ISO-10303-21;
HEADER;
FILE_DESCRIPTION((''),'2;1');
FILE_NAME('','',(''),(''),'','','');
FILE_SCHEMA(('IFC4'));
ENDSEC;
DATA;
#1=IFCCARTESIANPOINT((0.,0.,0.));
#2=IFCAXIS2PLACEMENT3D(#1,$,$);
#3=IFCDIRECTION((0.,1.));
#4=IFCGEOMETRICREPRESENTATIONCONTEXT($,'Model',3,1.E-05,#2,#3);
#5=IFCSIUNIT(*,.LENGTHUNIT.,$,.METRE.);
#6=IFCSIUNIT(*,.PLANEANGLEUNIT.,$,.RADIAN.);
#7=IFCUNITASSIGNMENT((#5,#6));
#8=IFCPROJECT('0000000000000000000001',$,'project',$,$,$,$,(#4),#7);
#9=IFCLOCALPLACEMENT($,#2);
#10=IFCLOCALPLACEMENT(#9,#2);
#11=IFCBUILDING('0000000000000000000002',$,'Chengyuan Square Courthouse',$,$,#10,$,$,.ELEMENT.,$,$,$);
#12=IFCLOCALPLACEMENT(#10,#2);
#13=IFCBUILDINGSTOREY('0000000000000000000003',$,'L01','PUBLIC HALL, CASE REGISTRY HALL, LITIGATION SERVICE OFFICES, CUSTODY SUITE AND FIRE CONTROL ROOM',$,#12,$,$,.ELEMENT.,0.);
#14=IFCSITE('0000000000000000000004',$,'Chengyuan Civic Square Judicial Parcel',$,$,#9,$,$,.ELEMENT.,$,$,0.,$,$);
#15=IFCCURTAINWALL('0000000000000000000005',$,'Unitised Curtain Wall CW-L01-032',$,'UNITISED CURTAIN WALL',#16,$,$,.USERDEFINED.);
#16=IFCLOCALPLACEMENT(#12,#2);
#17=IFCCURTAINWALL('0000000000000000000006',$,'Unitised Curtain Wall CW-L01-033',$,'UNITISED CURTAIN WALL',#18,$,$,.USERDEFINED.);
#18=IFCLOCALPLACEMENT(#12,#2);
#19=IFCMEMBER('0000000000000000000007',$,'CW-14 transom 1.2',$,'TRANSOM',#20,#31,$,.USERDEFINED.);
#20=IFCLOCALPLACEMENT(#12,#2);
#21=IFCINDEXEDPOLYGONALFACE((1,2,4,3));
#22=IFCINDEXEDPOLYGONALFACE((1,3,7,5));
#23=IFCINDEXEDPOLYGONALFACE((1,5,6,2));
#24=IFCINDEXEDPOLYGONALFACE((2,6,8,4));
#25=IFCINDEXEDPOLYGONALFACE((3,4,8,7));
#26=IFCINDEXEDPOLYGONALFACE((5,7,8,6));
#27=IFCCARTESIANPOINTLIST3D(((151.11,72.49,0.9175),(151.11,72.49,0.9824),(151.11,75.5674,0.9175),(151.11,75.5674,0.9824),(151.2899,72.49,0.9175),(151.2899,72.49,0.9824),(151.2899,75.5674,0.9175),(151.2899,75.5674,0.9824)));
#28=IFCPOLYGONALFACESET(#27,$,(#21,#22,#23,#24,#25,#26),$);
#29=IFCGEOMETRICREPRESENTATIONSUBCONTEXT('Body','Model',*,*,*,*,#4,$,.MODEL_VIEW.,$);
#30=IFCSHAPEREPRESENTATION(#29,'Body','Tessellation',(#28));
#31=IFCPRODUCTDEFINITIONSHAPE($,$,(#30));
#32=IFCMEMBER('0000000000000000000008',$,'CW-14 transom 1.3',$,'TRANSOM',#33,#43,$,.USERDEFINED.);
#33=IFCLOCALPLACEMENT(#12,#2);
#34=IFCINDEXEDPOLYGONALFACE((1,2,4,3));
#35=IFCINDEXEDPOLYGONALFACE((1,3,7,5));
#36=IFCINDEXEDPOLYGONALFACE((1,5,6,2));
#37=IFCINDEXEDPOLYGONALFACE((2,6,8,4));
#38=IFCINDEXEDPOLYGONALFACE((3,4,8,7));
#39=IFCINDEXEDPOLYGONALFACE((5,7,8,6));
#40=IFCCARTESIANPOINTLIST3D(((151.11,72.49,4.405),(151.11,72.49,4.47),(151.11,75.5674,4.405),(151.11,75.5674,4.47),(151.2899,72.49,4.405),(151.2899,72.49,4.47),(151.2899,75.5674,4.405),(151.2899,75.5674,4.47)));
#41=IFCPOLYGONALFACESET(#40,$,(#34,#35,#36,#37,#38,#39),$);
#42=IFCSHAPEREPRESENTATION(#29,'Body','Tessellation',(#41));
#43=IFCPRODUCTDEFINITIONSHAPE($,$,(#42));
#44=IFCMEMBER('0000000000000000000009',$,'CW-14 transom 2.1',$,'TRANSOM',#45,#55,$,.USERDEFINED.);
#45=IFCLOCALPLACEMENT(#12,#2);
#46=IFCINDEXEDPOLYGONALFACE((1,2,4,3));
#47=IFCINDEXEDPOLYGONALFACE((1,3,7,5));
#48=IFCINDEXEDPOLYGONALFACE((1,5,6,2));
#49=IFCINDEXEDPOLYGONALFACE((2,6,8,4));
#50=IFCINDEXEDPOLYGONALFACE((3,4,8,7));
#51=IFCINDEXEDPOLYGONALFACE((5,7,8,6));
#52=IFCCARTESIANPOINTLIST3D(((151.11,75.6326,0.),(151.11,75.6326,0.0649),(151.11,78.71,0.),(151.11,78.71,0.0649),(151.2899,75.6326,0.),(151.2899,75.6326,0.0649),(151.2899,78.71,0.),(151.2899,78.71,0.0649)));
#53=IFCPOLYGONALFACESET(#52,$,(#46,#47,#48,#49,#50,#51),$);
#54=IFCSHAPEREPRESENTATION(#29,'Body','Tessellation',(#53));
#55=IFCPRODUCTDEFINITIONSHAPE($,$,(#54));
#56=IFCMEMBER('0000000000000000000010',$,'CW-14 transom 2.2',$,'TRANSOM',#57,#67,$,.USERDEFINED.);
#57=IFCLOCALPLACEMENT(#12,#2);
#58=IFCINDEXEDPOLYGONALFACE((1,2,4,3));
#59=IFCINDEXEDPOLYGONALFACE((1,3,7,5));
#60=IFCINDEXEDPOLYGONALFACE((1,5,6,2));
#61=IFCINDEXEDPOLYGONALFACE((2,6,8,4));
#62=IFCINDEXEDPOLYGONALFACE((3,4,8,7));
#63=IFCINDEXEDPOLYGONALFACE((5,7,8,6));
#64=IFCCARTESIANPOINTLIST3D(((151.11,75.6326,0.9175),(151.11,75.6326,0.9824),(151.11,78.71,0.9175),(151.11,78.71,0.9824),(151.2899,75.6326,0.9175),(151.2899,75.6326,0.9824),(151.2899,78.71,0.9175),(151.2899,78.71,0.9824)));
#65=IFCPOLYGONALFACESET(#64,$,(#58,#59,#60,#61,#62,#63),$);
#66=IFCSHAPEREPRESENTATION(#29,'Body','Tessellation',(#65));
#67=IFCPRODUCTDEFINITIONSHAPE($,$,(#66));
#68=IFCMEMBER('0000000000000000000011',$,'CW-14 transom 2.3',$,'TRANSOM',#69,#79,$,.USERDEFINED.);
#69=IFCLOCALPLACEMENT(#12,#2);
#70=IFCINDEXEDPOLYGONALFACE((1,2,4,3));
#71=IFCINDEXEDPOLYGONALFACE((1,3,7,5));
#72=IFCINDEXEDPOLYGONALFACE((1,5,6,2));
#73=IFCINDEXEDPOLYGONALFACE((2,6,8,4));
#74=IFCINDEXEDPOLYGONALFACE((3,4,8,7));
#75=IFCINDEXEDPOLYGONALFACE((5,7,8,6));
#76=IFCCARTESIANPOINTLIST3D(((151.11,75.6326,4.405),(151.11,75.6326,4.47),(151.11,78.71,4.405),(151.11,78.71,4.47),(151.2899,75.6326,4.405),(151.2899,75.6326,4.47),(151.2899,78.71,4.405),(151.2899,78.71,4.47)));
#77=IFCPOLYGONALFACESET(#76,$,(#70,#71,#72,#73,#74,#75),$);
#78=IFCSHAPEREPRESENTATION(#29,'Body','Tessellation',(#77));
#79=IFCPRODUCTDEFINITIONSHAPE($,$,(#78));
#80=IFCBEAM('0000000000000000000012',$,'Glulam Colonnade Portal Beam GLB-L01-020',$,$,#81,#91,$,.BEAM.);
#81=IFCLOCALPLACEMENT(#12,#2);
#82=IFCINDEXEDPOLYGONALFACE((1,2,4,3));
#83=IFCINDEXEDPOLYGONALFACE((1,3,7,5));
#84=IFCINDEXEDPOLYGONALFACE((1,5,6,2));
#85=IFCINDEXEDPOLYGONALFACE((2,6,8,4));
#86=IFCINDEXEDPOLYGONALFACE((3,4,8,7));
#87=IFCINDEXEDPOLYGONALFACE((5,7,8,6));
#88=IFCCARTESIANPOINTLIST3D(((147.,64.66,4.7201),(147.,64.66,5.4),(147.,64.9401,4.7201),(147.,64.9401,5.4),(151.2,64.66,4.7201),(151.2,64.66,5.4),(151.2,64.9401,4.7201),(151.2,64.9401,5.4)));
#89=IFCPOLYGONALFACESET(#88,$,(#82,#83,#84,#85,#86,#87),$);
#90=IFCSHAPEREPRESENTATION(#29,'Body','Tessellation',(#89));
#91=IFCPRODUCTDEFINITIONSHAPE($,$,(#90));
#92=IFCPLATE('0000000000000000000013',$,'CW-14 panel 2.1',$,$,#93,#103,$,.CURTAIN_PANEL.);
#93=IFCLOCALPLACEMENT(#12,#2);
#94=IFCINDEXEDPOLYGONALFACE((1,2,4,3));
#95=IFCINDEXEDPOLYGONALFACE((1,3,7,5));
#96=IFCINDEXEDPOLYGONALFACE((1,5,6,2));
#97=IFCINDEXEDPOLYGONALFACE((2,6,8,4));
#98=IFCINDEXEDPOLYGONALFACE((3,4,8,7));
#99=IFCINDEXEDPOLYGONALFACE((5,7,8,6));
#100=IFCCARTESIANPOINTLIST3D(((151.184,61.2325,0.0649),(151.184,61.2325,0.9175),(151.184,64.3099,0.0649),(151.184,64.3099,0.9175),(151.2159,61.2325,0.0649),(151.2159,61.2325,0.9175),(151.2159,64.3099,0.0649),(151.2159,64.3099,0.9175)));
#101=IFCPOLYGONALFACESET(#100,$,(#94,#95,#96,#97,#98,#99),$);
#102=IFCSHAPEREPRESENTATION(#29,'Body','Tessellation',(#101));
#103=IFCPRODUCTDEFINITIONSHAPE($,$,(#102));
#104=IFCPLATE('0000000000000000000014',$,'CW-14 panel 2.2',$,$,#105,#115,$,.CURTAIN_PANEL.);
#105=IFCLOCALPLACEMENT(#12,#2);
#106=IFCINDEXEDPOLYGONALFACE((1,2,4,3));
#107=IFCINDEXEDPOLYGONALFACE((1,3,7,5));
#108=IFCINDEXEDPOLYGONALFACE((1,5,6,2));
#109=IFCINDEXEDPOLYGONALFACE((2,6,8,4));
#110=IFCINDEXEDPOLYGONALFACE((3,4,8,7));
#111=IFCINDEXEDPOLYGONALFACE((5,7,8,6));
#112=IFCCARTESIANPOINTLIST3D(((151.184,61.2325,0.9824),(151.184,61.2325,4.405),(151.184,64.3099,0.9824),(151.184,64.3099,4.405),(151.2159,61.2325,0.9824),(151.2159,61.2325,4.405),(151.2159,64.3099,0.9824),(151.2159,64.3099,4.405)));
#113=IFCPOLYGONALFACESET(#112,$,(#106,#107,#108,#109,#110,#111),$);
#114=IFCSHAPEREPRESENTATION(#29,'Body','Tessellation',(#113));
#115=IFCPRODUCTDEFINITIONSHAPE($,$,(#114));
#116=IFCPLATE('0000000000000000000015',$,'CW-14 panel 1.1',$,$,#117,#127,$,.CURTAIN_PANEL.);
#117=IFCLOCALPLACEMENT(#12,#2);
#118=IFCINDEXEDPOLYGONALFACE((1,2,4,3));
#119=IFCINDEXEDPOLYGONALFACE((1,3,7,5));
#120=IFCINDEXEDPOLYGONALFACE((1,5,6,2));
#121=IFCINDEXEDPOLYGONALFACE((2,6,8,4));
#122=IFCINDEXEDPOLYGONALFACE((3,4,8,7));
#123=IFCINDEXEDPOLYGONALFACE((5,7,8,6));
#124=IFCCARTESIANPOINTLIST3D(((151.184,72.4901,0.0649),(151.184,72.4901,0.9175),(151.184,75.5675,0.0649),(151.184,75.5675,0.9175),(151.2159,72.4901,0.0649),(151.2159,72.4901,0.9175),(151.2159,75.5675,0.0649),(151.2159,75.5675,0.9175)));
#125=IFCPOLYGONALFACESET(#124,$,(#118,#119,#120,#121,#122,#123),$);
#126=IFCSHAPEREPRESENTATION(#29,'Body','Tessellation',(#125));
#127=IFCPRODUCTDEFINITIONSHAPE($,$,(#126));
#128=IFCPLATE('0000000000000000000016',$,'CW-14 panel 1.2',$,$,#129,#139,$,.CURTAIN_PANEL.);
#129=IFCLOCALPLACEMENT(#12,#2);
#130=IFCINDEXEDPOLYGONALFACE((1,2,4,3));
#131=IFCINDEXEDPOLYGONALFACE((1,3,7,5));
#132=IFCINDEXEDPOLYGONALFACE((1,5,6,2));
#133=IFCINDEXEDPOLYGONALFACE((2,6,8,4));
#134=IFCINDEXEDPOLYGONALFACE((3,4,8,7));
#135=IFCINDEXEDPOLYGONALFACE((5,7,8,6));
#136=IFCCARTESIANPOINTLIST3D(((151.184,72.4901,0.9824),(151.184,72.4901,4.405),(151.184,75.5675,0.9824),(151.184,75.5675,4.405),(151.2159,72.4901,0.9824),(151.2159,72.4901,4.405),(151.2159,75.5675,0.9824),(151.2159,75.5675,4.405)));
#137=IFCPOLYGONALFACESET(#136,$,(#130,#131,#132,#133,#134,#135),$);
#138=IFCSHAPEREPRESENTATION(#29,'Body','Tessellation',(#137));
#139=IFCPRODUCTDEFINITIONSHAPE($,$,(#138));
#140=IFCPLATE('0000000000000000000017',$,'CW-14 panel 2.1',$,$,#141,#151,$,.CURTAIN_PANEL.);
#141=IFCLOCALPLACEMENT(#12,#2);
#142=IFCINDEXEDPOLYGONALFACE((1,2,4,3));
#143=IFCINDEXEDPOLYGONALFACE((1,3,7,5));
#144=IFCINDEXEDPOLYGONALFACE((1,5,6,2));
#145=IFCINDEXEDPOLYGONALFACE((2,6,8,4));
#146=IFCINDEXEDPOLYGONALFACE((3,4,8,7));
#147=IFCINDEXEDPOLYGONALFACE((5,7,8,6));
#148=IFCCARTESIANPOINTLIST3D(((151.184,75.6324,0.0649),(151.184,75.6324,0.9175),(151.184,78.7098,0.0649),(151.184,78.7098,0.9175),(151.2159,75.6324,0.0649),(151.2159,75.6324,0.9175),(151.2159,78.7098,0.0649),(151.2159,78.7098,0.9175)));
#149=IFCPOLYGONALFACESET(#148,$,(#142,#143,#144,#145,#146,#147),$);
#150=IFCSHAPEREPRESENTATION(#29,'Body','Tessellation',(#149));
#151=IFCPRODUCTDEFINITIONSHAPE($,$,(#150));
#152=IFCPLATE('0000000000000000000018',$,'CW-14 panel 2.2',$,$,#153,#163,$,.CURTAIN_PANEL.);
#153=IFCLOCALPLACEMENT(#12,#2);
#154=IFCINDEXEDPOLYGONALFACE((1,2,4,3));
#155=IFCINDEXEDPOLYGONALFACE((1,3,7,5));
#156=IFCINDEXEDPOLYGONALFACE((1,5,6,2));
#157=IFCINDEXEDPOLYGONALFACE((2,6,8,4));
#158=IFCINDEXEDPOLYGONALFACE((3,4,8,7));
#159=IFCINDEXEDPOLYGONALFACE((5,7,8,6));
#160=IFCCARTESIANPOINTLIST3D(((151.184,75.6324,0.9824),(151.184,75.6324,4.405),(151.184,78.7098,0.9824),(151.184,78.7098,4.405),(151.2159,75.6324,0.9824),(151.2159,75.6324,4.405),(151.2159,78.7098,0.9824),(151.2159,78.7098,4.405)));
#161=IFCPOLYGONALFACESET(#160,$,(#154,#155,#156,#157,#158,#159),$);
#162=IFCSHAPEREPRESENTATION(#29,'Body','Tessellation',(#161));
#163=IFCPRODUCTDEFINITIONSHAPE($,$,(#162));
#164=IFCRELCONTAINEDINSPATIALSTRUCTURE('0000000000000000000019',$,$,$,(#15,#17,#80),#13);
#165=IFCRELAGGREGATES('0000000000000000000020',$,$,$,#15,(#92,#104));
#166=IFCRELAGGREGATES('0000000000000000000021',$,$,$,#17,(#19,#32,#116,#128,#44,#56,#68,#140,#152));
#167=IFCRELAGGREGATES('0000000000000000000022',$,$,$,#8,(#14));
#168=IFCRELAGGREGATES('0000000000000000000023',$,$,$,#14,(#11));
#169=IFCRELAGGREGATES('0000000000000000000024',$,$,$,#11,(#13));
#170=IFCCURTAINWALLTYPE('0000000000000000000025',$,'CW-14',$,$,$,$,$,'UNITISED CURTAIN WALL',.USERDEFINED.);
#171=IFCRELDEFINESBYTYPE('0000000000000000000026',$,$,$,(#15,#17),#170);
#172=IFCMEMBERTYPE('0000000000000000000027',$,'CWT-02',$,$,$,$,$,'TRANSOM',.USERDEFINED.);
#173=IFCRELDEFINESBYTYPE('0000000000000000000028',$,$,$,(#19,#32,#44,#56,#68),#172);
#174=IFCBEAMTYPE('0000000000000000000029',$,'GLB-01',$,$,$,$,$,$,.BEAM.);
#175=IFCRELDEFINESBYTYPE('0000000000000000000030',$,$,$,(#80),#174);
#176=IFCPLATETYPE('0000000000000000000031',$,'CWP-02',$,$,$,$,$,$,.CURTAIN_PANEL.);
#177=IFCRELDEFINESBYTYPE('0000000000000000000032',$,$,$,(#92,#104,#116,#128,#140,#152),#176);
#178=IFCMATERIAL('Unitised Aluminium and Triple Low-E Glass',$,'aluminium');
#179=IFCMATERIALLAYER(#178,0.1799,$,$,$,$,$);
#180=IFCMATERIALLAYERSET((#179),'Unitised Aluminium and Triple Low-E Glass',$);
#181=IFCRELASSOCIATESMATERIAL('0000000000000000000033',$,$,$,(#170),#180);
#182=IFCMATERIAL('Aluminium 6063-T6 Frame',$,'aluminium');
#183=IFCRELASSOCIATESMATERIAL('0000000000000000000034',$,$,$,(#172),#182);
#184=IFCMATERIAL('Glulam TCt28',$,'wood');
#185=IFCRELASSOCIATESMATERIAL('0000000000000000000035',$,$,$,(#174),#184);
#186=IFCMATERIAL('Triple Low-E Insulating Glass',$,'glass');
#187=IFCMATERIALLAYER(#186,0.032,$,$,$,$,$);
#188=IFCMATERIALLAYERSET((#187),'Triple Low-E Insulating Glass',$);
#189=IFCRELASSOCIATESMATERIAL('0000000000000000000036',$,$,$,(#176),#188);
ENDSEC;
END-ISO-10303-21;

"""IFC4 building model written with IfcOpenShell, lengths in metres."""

from ifc_helpers import new_model, si_unit, direction, frame, origin, origin_2d, place, context, subcontext, project, spatial, rectangle, extrude, material, layer, layer_set, material_profile, profile_set, type_object, element, aggregate, save


model = new_model("IFC4")

# Units and contexts
model_context = context("Model", 3, precision=1e-05, world=origin(), true_north=direction((0.0, 1.0)))
body_context = subcontext(model_context, "Body", "Model", "MODEL_VIEW")
ifc_project = project(units=[si_unit("LENGTHUNIT", "METRE"), si_unit("PLANEANGLEUNIT", "RADIAN")], contexts=[model_context])

# Site, building, storey
site_placement = place(None, origin())
site = spatial("IfcSite", under=ifc_project, at=site_placement, Name="Chengyuan Civic Square Judicial Parcel", CompositionType="ELEMENT", RefElevation=0.0)
building_placement = place(site_placement, origin())
building = spatial("IfcBuilding", under=site, at=building_placement, Name="Chengyuan Square Courthouse", CompositionType="ELEMENT")
storey_placement = place(building_placement, origin())
storey = spatial("IfcBuildingStorey", under=building, at=storey_placement, Name="L01", Description="PUBLIC HALL, CASE REGISTRY HALL, LITIGATION SERVICE OFFICES, CUSTODY SUITE AND FIRE CONTROL ROOM", CompositionType="ELEMENT", Elevation=0.0)

# Curtain wall
ifc_material_1 = material(Name="Unitised Aluminium and Triple Low-E Glass", Category="aluminium")
ifc_layer_1 = layer(ifc_material_1, 0.1799)
ifc_layer_set_1 = layer_set([ifc_layer_1], Name="Unitised Aluminium and Triple Low-E Glass")
curtain_wall_type = type_object("IfcCurtainWallType", Name="CW-14", ElementType="UNITISED CURTAIN WALL", PredefinedType="USERDEFINED", material=ifc_layer_set_1)
curtain_wall_1_placement = place(storey_placement, origin())
curtain_wall_1 = element("IfcCurtainWall", 1, at=curtain_wall_1_placement, inside=storey, type_object=curtain_wall_type, Name="Unitised Curtain Wall CW-L01-032", ObjectType="UNITISED CURTAIN WALL", PredefinedType="USERDEFINED")
ifc_material_2 = material(Name="Aluminium 6063-T6 Frame", Category="aluminium")

# Curtain wall
curtain_wall_2_placement = place(storey_placement, origin())
curtain_wall_2 = element("IfcCurtainWall", 2, at=curtain_wall_2_placement, inside=storey, type_object=curtain_wall_type, Name="Unitised Curtain Wall CW-L01-033", ObjectType="UNITISED CURTAIN WALL", PredefinedType="USERDEFINED")

# Members
ifc_material_profile_1 = material_profile(ifc_material_2, rectangle(XDim=0.1799, YDim=0.0649, at=origin_2d()), Name="CW-TRN-65x140")
ifc_profile_set_1 = profile_set([ifc_material_profile_1], Name="Aluminium 6063-T6 Frame")
member_type_1 = type_object("IfcMemberType", Name="CWT-02", ElementType="TRANSOM", PredefinedType="USERDEFINED", material=ifc_profile_set_1)
member_1_placement = place(storey_placement, frame((151.2, 72.49, 0.95), z_axis=(0.0, 1.0, 0.0), x_axis=(-1.0, 0.0, 0.0)))
member_1 = element("IfcMember", 3, at=member_1_placement, type_object=member_type_1, Name="CW-14 transom 1.2", ObjectType="TRANSOM", PredefinedType="USERDEFINED", context=body_context, shape_type="SweptSolid", body=[
    extrude(rectangle(XDim=0.1799, YDim=0.0649, at=origin_2d()), origin(), (0.0, 0.0, 1.0), 3.0774),
])
member_2_placement = place(storey_placement, frame((151.2, 72.49, 4.4375), z_axis=(0.0, 1.0, 0.0), x_axis=(-1.0, 0.0, 0.0)))
member_2 = element("IfcMember", 4, at=member_2_placement, type_object=member_type_1, Name="CW-14 transom 1.3", ObjectType="TRANSOM", PredefinedType="USERDEFINED", context=body_context, shape_type="SweptSolid", body=[
    extrude(rectangle(XDim=0.1799, YDim=0.0649, at=origin_2d()), origin(), (0.0, 0.0, 1.0), 3.0774),
])
member_3_placement = place(storey_placement, frame((151.2, 75.6326, 0.0325), z_axis=(0.0, 1.0, 0.0), x_axis=(-1.0, 0.0, 0.0)))
member_3 = element("IfcMember", 5, at=member_3_placement, type_object=member_type_1, Name="CW-14 transom 2.1", ObjectType="TRANSOM", PredefinedType="USERDEFINED", context=body_context, shape_type="SweptSolid", body=[
    extrude(rectangle(XDim=0.1799, YDim=0.0649, at=origin_2d()), origin(), (0.0, 0.0, 1.0), 3.0774),
])
member_4_placement = place(storey_placement, frame((151.2, 75.6326, 0.95), z_axis=(0.0, 1.0, 0.0), x_axis=(-1.0, 0.0, 0.0)))
member_4 = element("IfcMember", 6, at=member_4_placement, type_object=member_type_1, Name="CW-14 transom 2.2", ObjectType="TRANSOM", PredefinedType="USERDEFINED", context=body_context, shape_type="SweptSolid", body=[
    extrude(rectangle(XDim=0.1799, YDim=0.0649, at=origin_2d()), origin(), (0.0, 0.0, 1.0), 3.0774),
])
member_5_placement = place(storey_placement, frame((151.2, 75.6326, 4.4375), z_axis=(0.0, 1.0, 0.0), x_axis=(-1.0, 0.0, 0.0)))
member_5 = element("IfcMember", 7, at=member_5_placement, type_object=member_type_1, Name="CW-14 transom 2.3", ObjectType="TRANSOM", PredefinedType="USERDEFINED", context=body_context, shape_type="SweptSolid", body=[
    extrude(rectangle(XDim=0.1799, YDim=0.0649, at=origin_2d()), origin(), (0.0, 0.0, 1.0), 3.0774),
])

# Beam
ifc_material_3 = material(Name="Glulam TCt28", Category="wood")
ifc_material_profile_2 = material_profile(ifc_material_3, rectangle(XDim=0.28, YDim=0.6799, at=origin_2d()), Name="GL-BM-280x680")
ifc_profile_set_2 = profile_set([ifc_material_profile_2], Name="Glulam TCt28")
beam_type_1 = type_object("IfcBeamType", Name="GLB-01", PredefinedType="BEAM", material=ifc_profile_set_2)
beam_placement = place(storey_placement, frame((151.2, 64.8, 5.0601), z_axis=(-1.0, 0.0, 0.0), x_axis=(0.0, -1.0, 0.0)))
element("IfcBeam", 8, at=beam_placement, inside=storey, type_object=beam_type_1, Name="Glulam Colonnade Portal Beam GLB-L01-020", PredefinedType="BEAM", context=body_context, shape_type="SweptSolid", body=[
    extrude(rectangle(XDim=0.28, YDim=0.6799, at=origin_2d()), origin(), (0.0, 0.0, 1.0), 4.2),
])

# Plates
ifc_material_4 = material(Name="Triple Low-E Insulating Glass", Category="glass")
ifc_layer_2 = layer(ifc_material_4, 0.032)
ifc_layer_set_2 = layer_set([ifc_layer_2], Name="Triple Low-E Insulating Glass")
plate_type = type_object("IfcPlateType", Name="CWP-02", PredefinedType="CURTAIN_PANEL", material=ifc_layer_set_2)
plate_1_placement = place(storey_placement, frame((151.2, 62.7712, 0.0649), z_axis=(0.0, 0.0, 1.0), x_axis=(0.0, 1.0, 0.0)))
plate_1 = element("IfcPlate", 9, at=plate_1_placement, type_object=plate_type, Name="CW-14 panel 2.1", PredefinedType="CURTAIN_PANEL", context=body_context, shape_type="SweptSolid", body=[
    extrude(rectangle(XDim=3.0774, YDim=0.032, at=origin_2d()), origin(), (0.0, 0.0, 1.0), 0.8525),
])
plate_2_placement = place(storey_placement, frame((151.2, 62.7712, 0.9824), z_axis=(0.0, 0.0, 1.0), x_axis=(0.0, 1.0, 0.0)))
plate_2 = element("IfcPlate", 10, at=plate_2_placement, type_object=plate_type, Name="CW-14 panel 2.2", PredefinedType="CURTAIN_PANEL", context=body_context, shape_type="SweptSolid", body=[
    extrude(rectangle(XDim=3.0774, YDim=0.032, at=origin_2d()), origin(), (0.0, 0.0, 1.0), 3.4226),
])
aggregate(curtain_wall_1, [plate_1, plate_2])
plate_3_placement = place(storey_placement, frame((151.2, 74.0288, 0.0649), z_axis=(0.0, 0.0, 1.0), x_axis=(0.0, 1.0, 0.0)))
plate_3 = element("IfcPlate", 11, at=plate_3_placement, type_object=plate_type, Name="CW-14 panel 1.1", PredefinedType="CURTAIN_PANEL", context=body_context, shape_type="SweptSolid", body=[
    extrude(rectangle(XDim=3.0774, YDim=0.032, at=origin_2d()), origin(), (0.0, 0.0, 1.0), 0.8525),
])
plate_4_placement = place(storey_placement, frame((151.2, 74.0288, 0.9824), z_axis=(0.0, 0.0, 1.0), x_axis=(0.0, 1.0, 0.0)))
plate_4 = element("IfcPlate", 12, at=plate_4_placement, type_object=plate_type, Name="CW-14 panel 1.2", PredefinedType="CURTAIN_PANEL", context=body_context, shape_type="SweptSolid", body=[
    extrude(rectangle(XDim=3.0774, YDim=0.032, at=origin_2d()), origin(), (0.0, 0.0, 1.0), 3.4226),
])
plate_5_placement = place(storey_placement, frame((151.2, 77.1711, 0.0649), z_axis=(0.0, 0.0, 1.0), x_axis=(0.0, 1.0, 0.0)))
plate_5 = element("IfcPlate", 13, at=plate_5_placement, type_object=plate_type, Name="CW-14 panel 2.1", PredefinedType="CURTAIN_PANEL", context=body_context, shape_type="SweptSolid", body=[
    extrude(rectangle(XDim=3.0774, YDim=0.032, at=origin_2d()), origin(), (0.0, 0.0, 1.0), 0.8525),
])
plate_6_placement = place(storey_placement, frame((151.2, 77.1711, 0.9824), z_axis=(0.0, 0.0, 1.0), x_axis=(0.0, 1.0, 0.0)))
plate_6 = element("IfcPlate", 14, at=plate_6_placement, type_object=plate_type, Name="CW-14 panel 2.2", PredefinedType="CURTAIN_PANEL", context=body_context, shape_type="SweptSolid", body=[
    extrude(rectangle(XDim=3.0774, YDim=0.032, at=origin_2d()), origin(), (0.0, 0.0, 1.0), 3.4226),
])
aggregate(curtain_wall_2, [member_1, member_2, plate_3, plate_4, member_3, member_4, member_5, plate_5, plate_6])

save(model, "model.ifc")
